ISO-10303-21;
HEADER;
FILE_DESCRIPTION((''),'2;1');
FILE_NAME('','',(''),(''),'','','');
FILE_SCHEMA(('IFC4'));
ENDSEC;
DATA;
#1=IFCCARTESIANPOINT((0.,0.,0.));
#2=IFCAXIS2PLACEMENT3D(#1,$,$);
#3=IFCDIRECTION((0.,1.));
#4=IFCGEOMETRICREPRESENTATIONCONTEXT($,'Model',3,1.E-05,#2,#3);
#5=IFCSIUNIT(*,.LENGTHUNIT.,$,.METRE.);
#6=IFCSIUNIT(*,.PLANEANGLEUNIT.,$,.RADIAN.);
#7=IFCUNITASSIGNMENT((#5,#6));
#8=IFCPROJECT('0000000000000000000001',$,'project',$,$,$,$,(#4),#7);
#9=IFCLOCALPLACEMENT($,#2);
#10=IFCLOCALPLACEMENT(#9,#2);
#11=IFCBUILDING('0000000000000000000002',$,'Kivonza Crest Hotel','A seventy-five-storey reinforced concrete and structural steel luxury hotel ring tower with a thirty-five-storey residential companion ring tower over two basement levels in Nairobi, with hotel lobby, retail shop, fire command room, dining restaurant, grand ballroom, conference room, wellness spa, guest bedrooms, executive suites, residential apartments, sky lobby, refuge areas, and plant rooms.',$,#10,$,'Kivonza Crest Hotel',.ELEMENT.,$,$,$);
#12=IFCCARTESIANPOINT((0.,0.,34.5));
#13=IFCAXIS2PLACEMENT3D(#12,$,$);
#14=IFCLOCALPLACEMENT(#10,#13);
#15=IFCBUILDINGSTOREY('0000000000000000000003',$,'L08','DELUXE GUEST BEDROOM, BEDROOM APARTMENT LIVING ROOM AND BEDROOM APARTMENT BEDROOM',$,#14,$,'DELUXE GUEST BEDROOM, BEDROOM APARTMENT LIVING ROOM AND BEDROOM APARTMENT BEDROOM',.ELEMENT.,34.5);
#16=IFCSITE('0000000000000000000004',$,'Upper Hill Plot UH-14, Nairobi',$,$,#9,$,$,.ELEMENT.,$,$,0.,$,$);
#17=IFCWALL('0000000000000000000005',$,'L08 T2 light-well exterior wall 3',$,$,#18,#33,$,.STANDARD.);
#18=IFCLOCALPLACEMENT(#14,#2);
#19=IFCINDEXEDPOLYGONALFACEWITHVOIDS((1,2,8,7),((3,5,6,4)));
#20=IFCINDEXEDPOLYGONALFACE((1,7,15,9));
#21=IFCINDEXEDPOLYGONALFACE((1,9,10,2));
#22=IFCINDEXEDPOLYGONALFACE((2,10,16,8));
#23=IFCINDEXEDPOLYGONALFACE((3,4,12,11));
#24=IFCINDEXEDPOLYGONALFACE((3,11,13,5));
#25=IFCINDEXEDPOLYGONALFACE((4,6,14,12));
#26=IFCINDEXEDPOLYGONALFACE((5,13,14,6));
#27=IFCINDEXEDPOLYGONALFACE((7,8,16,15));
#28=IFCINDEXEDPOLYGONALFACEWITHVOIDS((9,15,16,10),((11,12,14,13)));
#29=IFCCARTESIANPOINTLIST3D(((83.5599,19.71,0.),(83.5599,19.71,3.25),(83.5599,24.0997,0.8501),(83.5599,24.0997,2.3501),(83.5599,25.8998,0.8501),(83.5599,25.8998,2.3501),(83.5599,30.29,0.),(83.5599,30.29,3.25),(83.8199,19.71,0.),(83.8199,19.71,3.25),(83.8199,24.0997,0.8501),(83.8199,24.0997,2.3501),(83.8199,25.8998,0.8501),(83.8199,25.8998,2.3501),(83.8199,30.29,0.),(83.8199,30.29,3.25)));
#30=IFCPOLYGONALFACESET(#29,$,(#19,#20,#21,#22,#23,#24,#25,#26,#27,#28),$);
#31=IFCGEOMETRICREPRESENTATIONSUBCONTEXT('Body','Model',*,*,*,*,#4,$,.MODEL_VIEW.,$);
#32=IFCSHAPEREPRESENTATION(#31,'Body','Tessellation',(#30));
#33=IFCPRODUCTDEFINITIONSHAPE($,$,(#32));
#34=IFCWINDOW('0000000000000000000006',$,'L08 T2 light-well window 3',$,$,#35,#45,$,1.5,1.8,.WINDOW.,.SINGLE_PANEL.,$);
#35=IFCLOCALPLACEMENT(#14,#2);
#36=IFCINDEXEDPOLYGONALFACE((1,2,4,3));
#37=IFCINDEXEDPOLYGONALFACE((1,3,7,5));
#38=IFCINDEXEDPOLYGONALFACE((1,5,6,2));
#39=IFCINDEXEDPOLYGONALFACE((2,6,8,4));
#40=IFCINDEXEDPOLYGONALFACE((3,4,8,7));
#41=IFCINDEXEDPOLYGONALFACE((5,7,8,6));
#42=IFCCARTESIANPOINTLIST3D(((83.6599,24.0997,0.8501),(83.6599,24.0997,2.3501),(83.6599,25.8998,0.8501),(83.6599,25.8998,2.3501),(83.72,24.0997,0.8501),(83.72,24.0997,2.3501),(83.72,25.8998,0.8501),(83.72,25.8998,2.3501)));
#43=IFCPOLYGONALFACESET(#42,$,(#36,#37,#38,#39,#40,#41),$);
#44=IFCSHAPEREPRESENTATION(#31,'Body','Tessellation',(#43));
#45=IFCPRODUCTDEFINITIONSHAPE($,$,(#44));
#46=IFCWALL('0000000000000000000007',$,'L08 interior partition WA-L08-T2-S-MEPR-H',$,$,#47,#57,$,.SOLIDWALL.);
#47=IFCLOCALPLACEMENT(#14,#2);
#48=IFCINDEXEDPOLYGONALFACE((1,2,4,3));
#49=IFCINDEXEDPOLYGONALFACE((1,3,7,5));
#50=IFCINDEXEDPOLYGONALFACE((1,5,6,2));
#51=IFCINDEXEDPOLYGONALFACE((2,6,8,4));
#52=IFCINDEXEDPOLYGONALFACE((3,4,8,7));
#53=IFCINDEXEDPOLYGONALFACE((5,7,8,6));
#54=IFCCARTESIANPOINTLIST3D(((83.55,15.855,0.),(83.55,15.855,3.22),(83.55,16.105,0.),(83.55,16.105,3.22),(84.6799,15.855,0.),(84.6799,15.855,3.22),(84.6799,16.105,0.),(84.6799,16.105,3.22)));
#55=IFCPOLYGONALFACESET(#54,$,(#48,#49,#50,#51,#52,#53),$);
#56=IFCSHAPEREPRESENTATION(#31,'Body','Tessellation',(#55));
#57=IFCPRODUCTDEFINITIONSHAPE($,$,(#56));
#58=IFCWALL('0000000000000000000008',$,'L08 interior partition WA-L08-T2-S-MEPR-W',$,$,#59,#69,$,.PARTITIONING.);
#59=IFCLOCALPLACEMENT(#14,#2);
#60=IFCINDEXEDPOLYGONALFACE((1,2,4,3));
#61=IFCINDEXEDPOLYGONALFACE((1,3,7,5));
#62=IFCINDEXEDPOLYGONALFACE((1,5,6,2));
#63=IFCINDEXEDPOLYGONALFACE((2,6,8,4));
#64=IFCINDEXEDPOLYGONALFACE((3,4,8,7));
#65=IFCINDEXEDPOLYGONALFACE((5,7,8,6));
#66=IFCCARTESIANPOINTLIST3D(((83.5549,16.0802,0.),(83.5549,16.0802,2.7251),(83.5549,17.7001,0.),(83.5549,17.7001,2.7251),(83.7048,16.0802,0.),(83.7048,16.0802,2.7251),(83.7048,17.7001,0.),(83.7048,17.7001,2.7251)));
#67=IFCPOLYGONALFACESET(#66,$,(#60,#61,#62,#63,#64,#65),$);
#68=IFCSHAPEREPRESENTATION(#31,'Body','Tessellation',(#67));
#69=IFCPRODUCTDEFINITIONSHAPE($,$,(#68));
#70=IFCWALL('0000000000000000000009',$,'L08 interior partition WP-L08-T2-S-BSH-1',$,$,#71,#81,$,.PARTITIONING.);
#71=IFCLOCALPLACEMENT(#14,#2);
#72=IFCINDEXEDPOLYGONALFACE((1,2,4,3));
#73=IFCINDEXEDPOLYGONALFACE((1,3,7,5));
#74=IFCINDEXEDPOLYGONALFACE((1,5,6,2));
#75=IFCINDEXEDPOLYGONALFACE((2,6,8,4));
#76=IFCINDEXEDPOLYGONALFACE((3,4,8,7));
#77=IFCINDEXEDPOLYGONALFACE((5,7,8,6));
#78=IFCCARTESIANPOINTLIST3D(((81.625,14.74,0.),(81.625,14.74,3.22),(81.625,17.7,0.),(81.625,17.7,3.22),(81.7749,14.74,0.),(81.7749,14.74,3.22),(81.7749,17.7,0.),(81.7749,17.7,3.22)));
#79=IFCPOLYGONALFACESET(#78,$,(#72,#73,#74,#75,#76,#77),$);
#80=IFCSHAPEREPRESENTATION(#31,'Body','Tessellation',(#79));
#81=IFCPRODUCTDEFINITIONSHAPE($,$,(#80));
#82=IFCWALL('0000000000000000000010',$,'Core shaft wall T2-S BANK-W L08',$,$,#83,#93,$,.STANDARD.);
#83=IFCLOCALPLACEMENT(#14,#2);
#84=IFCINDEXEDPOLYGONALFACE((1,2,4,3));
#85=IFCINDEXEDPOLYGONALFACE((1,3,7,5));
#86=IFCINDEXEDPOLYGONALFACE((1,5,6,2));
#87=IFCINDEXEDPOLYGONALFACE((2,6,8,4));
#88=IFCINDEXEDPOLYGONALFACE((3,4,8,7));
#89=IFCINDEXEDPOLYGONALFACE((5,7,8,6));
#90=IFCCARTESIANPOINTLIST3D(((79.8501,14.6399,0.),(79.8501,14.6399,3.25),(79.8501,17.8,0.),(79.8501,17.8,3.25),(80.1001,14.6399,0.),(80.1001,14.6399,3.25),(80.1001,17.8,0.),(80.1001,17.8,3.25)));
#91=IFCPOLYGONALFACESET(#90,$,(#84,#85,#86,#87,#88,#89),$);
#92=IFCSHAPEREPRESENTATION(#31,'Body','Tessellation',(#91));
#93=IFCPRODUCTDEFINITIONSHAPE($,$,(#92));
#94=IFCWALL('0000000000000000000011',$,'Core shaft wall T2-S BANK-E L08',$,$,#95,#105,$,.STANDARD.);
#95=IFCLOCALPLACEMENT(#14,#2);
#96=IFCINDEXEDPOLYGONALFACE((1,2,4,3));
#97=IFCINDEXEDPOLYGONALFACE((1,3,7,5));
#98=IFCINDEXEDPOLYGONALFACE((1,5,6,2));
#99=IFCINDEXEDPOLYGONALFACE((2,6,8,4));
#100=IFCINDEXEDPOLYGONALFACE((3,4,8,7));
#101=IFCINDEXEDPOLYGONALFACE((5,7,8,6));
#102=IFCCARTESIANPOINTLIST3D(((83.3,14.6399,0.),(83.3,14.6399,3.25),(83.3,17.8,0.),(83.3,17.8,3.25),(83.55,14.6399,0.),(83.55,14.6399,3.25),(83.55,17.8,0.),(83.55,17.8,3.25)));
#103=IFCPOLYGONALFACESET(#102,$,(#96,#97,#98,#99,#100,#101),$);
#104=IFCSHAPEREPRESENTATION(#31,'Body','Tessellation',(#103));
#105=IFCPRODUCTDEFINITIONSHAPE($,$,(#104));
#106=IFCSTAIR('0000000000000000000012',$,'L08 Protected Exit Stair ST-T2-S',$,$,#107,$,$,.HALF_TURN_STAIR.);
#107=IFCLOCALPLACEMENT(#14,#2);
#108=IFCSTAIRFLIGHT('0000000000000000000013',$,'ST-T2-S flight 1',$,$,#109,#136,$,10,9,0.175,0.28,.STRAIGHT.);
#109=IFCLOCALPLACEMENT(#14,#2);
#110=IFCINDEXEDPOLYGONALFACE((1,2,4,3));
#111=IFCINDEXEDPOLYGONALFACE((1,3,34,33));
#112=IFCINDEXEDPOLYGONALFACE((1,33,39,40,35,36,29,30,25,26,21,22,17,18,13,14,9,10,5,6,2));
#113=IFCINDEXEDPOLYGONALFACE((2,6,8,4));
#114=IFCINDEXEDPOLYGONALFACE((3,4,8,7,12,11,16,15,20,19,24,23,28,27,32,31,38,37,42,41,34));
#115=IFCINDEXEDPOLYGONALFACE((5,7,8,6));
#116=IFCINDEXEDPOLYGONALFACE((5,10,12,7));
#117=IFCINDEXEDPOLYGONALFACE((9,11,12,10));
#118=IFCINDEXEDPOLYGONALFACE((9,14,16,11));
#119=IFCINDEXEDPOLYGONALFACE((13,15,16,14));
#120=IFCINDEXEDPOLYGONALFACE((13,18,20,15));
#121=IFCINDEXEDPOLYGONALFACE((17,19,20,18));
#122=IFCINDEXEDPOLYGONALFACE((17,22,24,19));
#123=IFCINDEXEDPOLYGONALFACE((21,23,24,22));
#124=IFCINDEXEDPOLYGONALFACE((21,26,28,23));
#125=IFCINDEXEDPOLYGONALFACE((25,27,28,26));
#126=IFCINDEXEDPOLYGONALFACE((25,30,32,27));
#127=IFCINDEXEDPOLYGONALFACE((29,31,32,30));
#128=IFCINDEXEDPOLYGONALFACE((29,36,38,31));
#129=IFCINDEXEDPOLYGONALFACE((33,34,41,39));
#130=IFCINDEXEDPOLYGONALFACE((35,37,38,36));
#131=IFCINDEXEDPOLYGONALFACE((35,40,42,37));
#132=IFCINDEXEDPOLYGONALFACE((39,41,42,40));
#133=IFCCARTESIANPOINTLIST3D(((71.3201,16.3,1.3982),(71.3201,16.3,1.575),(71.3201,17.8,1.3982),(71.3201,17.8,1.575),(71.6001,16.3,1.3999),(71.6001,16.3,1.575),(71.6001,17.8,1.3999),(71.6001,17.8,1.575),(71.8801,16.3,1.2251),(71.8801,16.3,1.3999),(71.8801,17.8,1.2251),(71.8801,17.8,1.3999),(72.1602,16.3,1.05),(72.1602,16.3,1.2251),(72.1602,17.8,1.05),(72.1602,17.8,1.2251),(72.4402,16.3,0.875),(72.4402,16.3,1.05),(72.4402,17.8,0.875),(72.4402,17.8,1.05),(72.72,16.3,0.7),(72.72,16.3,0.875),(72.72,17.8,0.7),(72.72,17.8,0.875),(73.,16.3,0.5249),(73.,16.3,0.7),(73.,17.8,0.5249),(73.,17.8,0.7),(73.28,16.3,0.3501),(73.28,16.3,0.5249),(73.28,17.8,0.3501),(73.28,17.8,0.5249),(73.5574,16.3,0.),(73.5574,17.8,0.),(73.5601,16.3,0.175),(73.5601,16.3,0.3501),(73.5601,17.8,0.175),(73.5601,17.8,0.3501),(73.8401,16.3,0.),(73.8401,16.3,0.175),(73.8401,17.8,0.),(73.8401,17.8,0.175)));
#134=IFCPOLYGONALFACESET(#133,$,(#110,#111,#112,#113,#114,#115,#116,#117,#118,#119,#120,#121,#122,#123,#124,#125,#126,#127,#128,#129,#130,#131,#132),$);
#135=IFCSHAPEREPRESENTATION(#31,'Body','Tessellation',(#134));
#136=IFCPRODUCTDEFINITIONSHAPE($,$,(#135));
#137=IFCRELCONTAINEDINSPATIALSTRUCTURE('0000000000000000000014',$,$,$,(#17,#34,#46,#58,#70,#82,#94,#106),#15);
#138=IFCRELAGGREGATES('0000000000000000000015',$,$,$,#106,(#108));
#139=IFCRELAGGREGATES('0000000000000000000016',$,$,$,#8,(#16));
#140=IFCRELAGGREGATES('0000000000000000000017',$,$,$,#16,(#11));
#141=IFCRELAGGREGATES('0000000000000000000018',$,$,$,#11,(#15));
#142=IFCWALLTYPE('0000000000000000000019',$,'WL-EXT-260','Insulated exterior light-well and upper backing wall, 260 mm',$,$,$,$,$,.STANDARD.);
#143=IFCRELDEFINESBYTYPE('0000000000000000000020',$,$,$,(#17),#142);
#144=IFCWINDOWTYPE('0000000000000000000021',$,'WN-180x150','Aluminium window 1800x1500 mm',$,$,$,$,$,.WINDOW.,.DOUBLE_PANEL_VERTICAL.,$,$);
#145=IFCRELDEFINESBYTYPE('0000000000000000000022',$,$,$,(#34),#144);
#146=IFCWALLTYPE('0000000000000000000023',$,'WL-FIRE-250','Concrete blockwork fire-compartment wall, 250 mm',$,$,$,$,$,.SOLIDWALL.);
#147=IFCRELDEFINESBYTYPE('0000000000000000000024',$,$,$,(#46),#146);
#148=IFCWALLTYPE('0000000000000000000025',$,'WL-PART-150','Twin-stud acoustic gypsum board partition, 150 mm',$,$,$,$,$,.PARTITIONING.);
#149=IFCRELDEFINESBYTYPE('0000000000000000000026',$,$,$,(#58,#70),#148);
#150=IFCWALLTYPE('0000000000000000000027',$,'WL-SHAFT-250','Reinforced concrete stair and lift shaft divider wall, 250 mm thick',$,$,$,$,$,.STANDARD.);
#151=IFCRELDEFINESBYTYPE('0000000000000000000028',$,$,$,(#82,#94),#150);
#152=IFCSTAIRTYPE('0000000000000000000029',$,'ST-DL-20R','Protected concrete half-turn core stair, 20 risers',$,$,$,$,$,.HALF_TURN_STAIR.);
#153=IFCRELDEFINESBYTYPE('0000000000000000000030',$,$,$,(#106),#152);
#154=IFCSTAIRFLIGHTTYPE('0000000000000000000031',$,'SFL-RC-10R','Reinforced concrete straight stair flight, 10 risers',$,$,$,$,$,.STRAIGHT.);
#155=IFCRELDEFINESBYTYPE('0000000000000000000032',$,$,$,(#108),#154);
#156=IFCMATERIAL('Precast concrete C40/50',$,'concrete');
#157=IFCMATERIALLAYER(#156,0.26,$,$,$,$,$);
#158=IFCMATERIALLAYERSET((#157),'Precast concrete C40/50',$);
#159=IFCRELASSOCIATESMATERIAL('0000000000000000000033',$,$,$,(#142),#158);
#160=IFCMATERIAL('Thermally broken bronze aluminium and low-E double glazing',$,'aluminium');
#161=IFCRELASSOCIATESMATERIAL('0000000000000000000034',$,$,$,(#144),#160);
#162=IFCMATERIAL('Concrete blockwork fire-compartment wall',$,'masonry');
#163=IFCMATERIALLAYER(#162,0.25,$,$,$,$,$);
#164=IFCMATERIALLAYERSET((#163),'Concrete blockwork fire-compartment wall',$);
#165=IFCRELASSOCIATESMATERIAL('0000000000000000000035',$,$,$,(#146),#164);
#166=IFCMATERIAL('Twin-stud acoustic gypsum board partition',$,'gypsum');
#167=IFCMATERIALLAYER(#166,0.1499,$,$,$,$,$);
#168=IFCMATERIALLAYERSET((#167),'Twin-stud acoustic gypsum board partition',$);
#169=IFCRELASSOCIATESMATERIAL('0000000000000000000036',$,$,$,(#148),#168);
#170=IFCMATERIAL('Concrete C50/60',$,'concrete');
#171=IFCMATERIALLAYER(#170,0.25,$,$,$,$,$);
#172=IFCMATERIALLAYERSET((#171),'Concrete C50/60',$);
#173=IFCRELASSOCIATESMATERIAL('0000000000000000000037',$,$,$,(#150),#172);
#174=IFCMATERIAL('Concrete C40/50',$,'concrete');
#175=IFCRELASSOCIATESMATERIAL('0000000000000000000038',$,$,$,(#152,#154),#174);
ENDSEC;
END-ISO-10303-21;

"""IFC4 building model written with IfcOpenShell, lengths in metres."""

from ifc_helpers import new_model, si_unit, direction, frame, frame_2d, origin, place, context, subcontext, project, spatial, polyline, rectangle, outline, extrude, material, layer, layer_set, type_object, element, fill, aggregate, save


model = new_model("IFC4")

# Units and contexts
model_context = context("Model", 3, precision=1e-05, world=origin(), true_north=direction((0.0, 1.0)))
body_context = subcontext(model_context, "Body", "Model", "MODEL_VIEW")
ifc_project = project(units=[si_unit("LENGTHUNIT", "METRE"), si_unit("PLANEANGLEUNIT", "RADIAN")], contexts=[model_context])

# Site, building, storey
site_placement = place(None, origin())
site = spatial("IfcSite", under=ifc_project, at=site_placement, Name="Upper Hill Plot UH-14, Nairobi", CompositionType="ELEMENT", RefElevation=0.0)
building_placement = place(site_placement, origin())
building = spatial("IfcBuilding", under=site, at=building_placement, Name="Kivonza Crest Hotel", Description="A seventy-five-storey reinforced concrete and structural steel luxury hotel ring tower with a thirty-five-storey residential companion ring tower over two basement levels in Nairobi, with hotel lobby, retail shop, fire command room, dining restaurant, grand ballroom, conference room, wellness spa, guest bedrooms, executive suites, residential apartments, sky lobby, refuge areas, and plant rooms.", LongName="Kivonza Crest Hotel", CompositionType="ELEMENT")
storey_placement = place(building_placement, frame((0.0, 0.0, 34.5)))
storey = spatial("IfcBuildingStorey", under=building, at=storey_placement, Name="L08", Description="DELUXE GUEST BEDROOM, BEDROOM APARTMENT LIVING ROOM AND BEDROOM APARTMENT BEDROOM", LongName="DELUXE GUEST BEDROOM, BEDROOM APARTMENT LIVING ROOM AND BEDROOM APARTMENT BEDROOM", CompositionType="ELEMENT", Elevation=34.5)

# Shared definitions
ifc_material_1 = material(Name="Concrete C50/60", Category="concrete")

# Shared definitions
ifc_material_2 = material(Name="Precast concrete C40/50", Category="concrete")
ifc_layer_1 = layer(ifc_material_2, 0.26)
ifc_layer_set_1 = layer_set([ifc_layer_1], Name="Precast concrete C40/50")
wall_type_1 = type_object("IfcWallType", Name="WL-EXT-260", Description="Insulated exterior light-well and upper backing wall, 260 mm", PredefinedType="STANDARD", material=ifc_layer_set_1)

# Wall, opening, window
wall_1_placement = place(storey_placement, frame((83.6899, 19.71, 0.0), z_axis=(0.0, 0.0, 1.0), x_axis=(0.0, 1.0, 0.0)))
wall_1 = element("IfcWall", 1, at=wall_1_placement, inside=storey, type_object=wall_type_1, Name="L08 T2 light-well exterior wall 3", PredefinedType="STANDARD", context=body_context, shape_type="SweptSolid", body=[
    extrude(rectangle(XDim=10.5801, YDim=0.26, at=frame_2d((5.29, 0.0))), origin(), (0.0, 0.0, 1.0), 3.25),
])
opening_1_placement = place(wall_1_placement, frame((4.3899, 0.0, 0.8501)))
opening_1 = element("IfcOpeningElement", 2, at=opening_1_placement, cuts=wall_1, PredefinedType="OPENING", context=body_context, shape_type="SweptSolid", body=[
    extrude(rectangle(XDim=1.8, YDim=1.5, at=frame_2d((0.8999, 0.75))), frame((0.0, 0.1401, 0.0), z_axis=(0.0, -1.0, 0.0), x_axis=(1.0, 0.0, 0.0)), (0.0, 0.0, 1.0), 0.28),
])
ifc_material_3 = material(Name="Thermally broken bronze aluminium and low-E double glazing", Category="aluminium")
window_type = type_object("IfcWindowType", Name="WN-180x150", Description="Aluminium window 1800x1500 mm", PartitioningType="DOUBLE_PANEL_VERTICAL", PredefinedType="WINDOW", material=ifc_material_3)
window_placement = place(opening_1_placement, origin())
window = element("IfcWindow", 3, at=window_placement, inside=storey, type_object=window_type, Name="L08 T2 light-well window 3", OverallHeight=1.5, OverallWidth=1.8, PartitioningType="SINGLE_PANEL", PredefinedType="WINDOW", context=body_context, shape_type="SweptSolid", body=[
    extrude(rectangle(XDim=1.8, YDim=1.5, at=frame_2d((0.8999, 0.75))), frame((0.0, 0.03, 0.0), z_axis=(0.0, -1.0, 0.0), x_axis=(1.0, 0.0, 0.0)), (0.0, 0.0, 1.0), 0.0601),
])
fill(opening_1, window)

# Walls
ifc_material_4 = material(Name="Concrete blockwork fire-compartment wall", Category="masonry")
ifc_layer_2 = layer(ifc_material_4, 0.25)
ifc_layer_set_2 = layer_set([ifc_layer_2], Name="Concrete blockwork fire-compartment wall")
wall_type_2 = type_object("IfcWallType", Name="WL-FIRE-250", Description="Concrete blockwork fire-compartment wall, 250 mm", PredefinedType="SOLIDWALL", material=ifc_layer_set_2)
wall_2_placement = place(storey_placement, frame((83.55, 15.98, 0.0), z_axis=(0.0, 0.0, 1.0), x_axis=(1.0, 0.0, 0.0)))
element("IfcWall", 4, at=wall_2_placement, inside=storey, type_object=wall_type_2, Name="L08 interior partition WA-L08-T2-S-MEPR-H", PredefinedType="SOLIDWALL", context=body_context, shape_type="SweptSolid", body=[
    extrude(rectangle(XDim=1.1299, YDim=0.25, at=frame_2d((0.5649, 0.0))), origin(), (0.0, 0.0, 1.0), 3.22),
])
ifc_material_5 = material(Name="Twin-stud acoustic gypsum board partition", Category="gypsum")
ifc_layer_3 = layer(ifc_material_5, 0.1499)
ifc_layer_set_3 = layer_set([ifc_layer_3], Name="Twin-stud acoustic gypsum board partition")
wall_type_3 = type_object("IfcWallType", Name="WL-PART-150", Description="Twin-stud acoustic gypsum board partition, 150 mm", PredefinedType="PARTITIONING", material=ifc_layer_set_3)
wall_3_placement = place(storey_placement, frame((83.6299, 16.0801, 0.0), z_axis=(0.0, 0.0, 1.0), x_axis=(0.0, 1.0, 0.0)))
element("IfcWall", 5, at=wall_3_placement, inside=storey, type_object=wall_type_3, Name="L08 interior partition WA-L08-T2-S-MEPR-W", PredefinedType="PARTITIONING", context=body_context, shape_type="SweptSolid", body=[
    extrude(rectangle(XDim=1.6199, YDim=0.1499, at=frame_2d((0.8101, 0.0))), origin(), (0.0, 0.0, 1.0), 2.7251),
])
wall_4_placement = place(storey_placement, frame((81.7, 14.74, 0.0), z_axis=(0.0, 0.0, 1.0), x_axis=(0.0, 1.0, 0.0)))
element("IfcWall", 6, at=wall_4_placement, inside=storey, type_object=wall_type_3, Name="L08 interior partition WP-L08-T2-S-BSH-1", PredefinedType="PARTITIONING", context=body_context, shape_type="SweptSolid", body=[
    extrude(rectangle(XDim=2.96, YDim=0.1499, at=frame_2d((1.48, 0.0))), origin(), (0.0, 0.0, 1.0), 3.22),
])

# Shared definitions
ifc_layer_4 = layer(ifc_material_1, 0.25)
ifc_layer_set_4 = layer_set([ifc_layer_4], Name="Concrete C50/60")
wall_type_4 = type_object("IfcWallType", Name="WL-SHAFT-250", Description="Reinforced concrete stair and lift shaft divider wall, 250 mm thick", PredefinedType="STANDARD", material=ifc_layer_set_4)

# Walls
for number, where, z_axis, x_axis, name in (
    (7, (79.9751, 14.6399, 0.0), (0.0, 0.0, 1.0), (0.0, 1.0, 0.0), "Core shaft wall T2-S BANK-W L08"),
    (8, (83.425, 14.6399, 0.0), (0.0, 0.0, 1.0), (0.0, 1.0, 0.0), "Core shaft wall T2-S BANK-E L08"),
):
    element("IfcWall", number, at=place(storey_placement, frame(where, z_axis=z_axis, x_axis=x_axis)), inside=storey, type_object=wall_type_4, Name=name, PredefinedType="STANDARD", context=body_context, shape_type="SweptSolid", body=[
        extrude(rectangle(XDim=3.1602, YDim=0.25, at=frame_2d((1.5801, 0.0))), origin(), (0.0, 0.0, 1.0), 3.25),
    ])

# Stair, stair flight
ifc_material_6 = material(Name="Concrete C40/50", Category="concrete")
stair_type = type_object("IfcStairType", Name="ST-DL-20R", Description="Protected concrete half-turn core stair, 20 risers", PredefinedType="HALF_TURN_STAIR", material=ifc_material_6)
stair_placement = place(storey_placement, origin())
stair = element("IfcStair", 9, at=stair_placement, inside=storey, type_object=stair_type, Name="L08 Protected Exit Stair ST-T2-S", PredefinedType="HALF_TURN_STAIR")
stair_flight_type = type_object("IfcStairFlightType", Name="SFL-RC-10R", Description="Reinforced concrete straight stair flight, 10 risers", PredefinedType="STRAIGHT", material=ifc_material_6)
stair_flight_placement = place(storey_placement, frame((73.8401, 17.05, 0.0), z_axis=(0.0, 0.0, 1.0), x_axis=(-1.0, 0.0, 0.0)))
stair_flight = element("IfcStairFlight", 10, at=stair_flight_placement, type_object=stair_flight_type, Name="ST-T2-S flight 1", NumberOfRisers=10, NumberOfTreads=9, PredefinedType="STRAIGHT", RiserHeight=0.175, TreadLength=0.28, context=body_context, shape_type="SweptSolid", body=[
    extrude(outline(polyline([(0.0, 0.0), (0.0, 0.175), (0.28, 0.175), (0.28, 0.3501), (0.5601, 0.3501), (0.5601, 0.5249), (0.8401, 0.5249), (0.8401, 0.7), (1.1201, 0.7), (1.1201, 0.875), (1.3999, 0.875), (1.3999, 1.05), (1.6799, 1.05), (1.6799, 1.2251), (1.96, 1.2251), (1.96, 1.3999), (2.24, 1.3999), (2.24, 1.575), (2.52, 1.575), (2.52, 1.75), (2.52, 1.3982), (0.2827, 0.0), (0.0, 0.0)])), frame((0.0, 0.75, 0.0), z_axis=(0.0, -1.0, 0.0), x_axis=(1.0, 0.0, 0.0)), (0.0, 0.0, 1.0), 1.5),
])
aggregate(stair, [stair_flight])

save(model, "model.ifc")
